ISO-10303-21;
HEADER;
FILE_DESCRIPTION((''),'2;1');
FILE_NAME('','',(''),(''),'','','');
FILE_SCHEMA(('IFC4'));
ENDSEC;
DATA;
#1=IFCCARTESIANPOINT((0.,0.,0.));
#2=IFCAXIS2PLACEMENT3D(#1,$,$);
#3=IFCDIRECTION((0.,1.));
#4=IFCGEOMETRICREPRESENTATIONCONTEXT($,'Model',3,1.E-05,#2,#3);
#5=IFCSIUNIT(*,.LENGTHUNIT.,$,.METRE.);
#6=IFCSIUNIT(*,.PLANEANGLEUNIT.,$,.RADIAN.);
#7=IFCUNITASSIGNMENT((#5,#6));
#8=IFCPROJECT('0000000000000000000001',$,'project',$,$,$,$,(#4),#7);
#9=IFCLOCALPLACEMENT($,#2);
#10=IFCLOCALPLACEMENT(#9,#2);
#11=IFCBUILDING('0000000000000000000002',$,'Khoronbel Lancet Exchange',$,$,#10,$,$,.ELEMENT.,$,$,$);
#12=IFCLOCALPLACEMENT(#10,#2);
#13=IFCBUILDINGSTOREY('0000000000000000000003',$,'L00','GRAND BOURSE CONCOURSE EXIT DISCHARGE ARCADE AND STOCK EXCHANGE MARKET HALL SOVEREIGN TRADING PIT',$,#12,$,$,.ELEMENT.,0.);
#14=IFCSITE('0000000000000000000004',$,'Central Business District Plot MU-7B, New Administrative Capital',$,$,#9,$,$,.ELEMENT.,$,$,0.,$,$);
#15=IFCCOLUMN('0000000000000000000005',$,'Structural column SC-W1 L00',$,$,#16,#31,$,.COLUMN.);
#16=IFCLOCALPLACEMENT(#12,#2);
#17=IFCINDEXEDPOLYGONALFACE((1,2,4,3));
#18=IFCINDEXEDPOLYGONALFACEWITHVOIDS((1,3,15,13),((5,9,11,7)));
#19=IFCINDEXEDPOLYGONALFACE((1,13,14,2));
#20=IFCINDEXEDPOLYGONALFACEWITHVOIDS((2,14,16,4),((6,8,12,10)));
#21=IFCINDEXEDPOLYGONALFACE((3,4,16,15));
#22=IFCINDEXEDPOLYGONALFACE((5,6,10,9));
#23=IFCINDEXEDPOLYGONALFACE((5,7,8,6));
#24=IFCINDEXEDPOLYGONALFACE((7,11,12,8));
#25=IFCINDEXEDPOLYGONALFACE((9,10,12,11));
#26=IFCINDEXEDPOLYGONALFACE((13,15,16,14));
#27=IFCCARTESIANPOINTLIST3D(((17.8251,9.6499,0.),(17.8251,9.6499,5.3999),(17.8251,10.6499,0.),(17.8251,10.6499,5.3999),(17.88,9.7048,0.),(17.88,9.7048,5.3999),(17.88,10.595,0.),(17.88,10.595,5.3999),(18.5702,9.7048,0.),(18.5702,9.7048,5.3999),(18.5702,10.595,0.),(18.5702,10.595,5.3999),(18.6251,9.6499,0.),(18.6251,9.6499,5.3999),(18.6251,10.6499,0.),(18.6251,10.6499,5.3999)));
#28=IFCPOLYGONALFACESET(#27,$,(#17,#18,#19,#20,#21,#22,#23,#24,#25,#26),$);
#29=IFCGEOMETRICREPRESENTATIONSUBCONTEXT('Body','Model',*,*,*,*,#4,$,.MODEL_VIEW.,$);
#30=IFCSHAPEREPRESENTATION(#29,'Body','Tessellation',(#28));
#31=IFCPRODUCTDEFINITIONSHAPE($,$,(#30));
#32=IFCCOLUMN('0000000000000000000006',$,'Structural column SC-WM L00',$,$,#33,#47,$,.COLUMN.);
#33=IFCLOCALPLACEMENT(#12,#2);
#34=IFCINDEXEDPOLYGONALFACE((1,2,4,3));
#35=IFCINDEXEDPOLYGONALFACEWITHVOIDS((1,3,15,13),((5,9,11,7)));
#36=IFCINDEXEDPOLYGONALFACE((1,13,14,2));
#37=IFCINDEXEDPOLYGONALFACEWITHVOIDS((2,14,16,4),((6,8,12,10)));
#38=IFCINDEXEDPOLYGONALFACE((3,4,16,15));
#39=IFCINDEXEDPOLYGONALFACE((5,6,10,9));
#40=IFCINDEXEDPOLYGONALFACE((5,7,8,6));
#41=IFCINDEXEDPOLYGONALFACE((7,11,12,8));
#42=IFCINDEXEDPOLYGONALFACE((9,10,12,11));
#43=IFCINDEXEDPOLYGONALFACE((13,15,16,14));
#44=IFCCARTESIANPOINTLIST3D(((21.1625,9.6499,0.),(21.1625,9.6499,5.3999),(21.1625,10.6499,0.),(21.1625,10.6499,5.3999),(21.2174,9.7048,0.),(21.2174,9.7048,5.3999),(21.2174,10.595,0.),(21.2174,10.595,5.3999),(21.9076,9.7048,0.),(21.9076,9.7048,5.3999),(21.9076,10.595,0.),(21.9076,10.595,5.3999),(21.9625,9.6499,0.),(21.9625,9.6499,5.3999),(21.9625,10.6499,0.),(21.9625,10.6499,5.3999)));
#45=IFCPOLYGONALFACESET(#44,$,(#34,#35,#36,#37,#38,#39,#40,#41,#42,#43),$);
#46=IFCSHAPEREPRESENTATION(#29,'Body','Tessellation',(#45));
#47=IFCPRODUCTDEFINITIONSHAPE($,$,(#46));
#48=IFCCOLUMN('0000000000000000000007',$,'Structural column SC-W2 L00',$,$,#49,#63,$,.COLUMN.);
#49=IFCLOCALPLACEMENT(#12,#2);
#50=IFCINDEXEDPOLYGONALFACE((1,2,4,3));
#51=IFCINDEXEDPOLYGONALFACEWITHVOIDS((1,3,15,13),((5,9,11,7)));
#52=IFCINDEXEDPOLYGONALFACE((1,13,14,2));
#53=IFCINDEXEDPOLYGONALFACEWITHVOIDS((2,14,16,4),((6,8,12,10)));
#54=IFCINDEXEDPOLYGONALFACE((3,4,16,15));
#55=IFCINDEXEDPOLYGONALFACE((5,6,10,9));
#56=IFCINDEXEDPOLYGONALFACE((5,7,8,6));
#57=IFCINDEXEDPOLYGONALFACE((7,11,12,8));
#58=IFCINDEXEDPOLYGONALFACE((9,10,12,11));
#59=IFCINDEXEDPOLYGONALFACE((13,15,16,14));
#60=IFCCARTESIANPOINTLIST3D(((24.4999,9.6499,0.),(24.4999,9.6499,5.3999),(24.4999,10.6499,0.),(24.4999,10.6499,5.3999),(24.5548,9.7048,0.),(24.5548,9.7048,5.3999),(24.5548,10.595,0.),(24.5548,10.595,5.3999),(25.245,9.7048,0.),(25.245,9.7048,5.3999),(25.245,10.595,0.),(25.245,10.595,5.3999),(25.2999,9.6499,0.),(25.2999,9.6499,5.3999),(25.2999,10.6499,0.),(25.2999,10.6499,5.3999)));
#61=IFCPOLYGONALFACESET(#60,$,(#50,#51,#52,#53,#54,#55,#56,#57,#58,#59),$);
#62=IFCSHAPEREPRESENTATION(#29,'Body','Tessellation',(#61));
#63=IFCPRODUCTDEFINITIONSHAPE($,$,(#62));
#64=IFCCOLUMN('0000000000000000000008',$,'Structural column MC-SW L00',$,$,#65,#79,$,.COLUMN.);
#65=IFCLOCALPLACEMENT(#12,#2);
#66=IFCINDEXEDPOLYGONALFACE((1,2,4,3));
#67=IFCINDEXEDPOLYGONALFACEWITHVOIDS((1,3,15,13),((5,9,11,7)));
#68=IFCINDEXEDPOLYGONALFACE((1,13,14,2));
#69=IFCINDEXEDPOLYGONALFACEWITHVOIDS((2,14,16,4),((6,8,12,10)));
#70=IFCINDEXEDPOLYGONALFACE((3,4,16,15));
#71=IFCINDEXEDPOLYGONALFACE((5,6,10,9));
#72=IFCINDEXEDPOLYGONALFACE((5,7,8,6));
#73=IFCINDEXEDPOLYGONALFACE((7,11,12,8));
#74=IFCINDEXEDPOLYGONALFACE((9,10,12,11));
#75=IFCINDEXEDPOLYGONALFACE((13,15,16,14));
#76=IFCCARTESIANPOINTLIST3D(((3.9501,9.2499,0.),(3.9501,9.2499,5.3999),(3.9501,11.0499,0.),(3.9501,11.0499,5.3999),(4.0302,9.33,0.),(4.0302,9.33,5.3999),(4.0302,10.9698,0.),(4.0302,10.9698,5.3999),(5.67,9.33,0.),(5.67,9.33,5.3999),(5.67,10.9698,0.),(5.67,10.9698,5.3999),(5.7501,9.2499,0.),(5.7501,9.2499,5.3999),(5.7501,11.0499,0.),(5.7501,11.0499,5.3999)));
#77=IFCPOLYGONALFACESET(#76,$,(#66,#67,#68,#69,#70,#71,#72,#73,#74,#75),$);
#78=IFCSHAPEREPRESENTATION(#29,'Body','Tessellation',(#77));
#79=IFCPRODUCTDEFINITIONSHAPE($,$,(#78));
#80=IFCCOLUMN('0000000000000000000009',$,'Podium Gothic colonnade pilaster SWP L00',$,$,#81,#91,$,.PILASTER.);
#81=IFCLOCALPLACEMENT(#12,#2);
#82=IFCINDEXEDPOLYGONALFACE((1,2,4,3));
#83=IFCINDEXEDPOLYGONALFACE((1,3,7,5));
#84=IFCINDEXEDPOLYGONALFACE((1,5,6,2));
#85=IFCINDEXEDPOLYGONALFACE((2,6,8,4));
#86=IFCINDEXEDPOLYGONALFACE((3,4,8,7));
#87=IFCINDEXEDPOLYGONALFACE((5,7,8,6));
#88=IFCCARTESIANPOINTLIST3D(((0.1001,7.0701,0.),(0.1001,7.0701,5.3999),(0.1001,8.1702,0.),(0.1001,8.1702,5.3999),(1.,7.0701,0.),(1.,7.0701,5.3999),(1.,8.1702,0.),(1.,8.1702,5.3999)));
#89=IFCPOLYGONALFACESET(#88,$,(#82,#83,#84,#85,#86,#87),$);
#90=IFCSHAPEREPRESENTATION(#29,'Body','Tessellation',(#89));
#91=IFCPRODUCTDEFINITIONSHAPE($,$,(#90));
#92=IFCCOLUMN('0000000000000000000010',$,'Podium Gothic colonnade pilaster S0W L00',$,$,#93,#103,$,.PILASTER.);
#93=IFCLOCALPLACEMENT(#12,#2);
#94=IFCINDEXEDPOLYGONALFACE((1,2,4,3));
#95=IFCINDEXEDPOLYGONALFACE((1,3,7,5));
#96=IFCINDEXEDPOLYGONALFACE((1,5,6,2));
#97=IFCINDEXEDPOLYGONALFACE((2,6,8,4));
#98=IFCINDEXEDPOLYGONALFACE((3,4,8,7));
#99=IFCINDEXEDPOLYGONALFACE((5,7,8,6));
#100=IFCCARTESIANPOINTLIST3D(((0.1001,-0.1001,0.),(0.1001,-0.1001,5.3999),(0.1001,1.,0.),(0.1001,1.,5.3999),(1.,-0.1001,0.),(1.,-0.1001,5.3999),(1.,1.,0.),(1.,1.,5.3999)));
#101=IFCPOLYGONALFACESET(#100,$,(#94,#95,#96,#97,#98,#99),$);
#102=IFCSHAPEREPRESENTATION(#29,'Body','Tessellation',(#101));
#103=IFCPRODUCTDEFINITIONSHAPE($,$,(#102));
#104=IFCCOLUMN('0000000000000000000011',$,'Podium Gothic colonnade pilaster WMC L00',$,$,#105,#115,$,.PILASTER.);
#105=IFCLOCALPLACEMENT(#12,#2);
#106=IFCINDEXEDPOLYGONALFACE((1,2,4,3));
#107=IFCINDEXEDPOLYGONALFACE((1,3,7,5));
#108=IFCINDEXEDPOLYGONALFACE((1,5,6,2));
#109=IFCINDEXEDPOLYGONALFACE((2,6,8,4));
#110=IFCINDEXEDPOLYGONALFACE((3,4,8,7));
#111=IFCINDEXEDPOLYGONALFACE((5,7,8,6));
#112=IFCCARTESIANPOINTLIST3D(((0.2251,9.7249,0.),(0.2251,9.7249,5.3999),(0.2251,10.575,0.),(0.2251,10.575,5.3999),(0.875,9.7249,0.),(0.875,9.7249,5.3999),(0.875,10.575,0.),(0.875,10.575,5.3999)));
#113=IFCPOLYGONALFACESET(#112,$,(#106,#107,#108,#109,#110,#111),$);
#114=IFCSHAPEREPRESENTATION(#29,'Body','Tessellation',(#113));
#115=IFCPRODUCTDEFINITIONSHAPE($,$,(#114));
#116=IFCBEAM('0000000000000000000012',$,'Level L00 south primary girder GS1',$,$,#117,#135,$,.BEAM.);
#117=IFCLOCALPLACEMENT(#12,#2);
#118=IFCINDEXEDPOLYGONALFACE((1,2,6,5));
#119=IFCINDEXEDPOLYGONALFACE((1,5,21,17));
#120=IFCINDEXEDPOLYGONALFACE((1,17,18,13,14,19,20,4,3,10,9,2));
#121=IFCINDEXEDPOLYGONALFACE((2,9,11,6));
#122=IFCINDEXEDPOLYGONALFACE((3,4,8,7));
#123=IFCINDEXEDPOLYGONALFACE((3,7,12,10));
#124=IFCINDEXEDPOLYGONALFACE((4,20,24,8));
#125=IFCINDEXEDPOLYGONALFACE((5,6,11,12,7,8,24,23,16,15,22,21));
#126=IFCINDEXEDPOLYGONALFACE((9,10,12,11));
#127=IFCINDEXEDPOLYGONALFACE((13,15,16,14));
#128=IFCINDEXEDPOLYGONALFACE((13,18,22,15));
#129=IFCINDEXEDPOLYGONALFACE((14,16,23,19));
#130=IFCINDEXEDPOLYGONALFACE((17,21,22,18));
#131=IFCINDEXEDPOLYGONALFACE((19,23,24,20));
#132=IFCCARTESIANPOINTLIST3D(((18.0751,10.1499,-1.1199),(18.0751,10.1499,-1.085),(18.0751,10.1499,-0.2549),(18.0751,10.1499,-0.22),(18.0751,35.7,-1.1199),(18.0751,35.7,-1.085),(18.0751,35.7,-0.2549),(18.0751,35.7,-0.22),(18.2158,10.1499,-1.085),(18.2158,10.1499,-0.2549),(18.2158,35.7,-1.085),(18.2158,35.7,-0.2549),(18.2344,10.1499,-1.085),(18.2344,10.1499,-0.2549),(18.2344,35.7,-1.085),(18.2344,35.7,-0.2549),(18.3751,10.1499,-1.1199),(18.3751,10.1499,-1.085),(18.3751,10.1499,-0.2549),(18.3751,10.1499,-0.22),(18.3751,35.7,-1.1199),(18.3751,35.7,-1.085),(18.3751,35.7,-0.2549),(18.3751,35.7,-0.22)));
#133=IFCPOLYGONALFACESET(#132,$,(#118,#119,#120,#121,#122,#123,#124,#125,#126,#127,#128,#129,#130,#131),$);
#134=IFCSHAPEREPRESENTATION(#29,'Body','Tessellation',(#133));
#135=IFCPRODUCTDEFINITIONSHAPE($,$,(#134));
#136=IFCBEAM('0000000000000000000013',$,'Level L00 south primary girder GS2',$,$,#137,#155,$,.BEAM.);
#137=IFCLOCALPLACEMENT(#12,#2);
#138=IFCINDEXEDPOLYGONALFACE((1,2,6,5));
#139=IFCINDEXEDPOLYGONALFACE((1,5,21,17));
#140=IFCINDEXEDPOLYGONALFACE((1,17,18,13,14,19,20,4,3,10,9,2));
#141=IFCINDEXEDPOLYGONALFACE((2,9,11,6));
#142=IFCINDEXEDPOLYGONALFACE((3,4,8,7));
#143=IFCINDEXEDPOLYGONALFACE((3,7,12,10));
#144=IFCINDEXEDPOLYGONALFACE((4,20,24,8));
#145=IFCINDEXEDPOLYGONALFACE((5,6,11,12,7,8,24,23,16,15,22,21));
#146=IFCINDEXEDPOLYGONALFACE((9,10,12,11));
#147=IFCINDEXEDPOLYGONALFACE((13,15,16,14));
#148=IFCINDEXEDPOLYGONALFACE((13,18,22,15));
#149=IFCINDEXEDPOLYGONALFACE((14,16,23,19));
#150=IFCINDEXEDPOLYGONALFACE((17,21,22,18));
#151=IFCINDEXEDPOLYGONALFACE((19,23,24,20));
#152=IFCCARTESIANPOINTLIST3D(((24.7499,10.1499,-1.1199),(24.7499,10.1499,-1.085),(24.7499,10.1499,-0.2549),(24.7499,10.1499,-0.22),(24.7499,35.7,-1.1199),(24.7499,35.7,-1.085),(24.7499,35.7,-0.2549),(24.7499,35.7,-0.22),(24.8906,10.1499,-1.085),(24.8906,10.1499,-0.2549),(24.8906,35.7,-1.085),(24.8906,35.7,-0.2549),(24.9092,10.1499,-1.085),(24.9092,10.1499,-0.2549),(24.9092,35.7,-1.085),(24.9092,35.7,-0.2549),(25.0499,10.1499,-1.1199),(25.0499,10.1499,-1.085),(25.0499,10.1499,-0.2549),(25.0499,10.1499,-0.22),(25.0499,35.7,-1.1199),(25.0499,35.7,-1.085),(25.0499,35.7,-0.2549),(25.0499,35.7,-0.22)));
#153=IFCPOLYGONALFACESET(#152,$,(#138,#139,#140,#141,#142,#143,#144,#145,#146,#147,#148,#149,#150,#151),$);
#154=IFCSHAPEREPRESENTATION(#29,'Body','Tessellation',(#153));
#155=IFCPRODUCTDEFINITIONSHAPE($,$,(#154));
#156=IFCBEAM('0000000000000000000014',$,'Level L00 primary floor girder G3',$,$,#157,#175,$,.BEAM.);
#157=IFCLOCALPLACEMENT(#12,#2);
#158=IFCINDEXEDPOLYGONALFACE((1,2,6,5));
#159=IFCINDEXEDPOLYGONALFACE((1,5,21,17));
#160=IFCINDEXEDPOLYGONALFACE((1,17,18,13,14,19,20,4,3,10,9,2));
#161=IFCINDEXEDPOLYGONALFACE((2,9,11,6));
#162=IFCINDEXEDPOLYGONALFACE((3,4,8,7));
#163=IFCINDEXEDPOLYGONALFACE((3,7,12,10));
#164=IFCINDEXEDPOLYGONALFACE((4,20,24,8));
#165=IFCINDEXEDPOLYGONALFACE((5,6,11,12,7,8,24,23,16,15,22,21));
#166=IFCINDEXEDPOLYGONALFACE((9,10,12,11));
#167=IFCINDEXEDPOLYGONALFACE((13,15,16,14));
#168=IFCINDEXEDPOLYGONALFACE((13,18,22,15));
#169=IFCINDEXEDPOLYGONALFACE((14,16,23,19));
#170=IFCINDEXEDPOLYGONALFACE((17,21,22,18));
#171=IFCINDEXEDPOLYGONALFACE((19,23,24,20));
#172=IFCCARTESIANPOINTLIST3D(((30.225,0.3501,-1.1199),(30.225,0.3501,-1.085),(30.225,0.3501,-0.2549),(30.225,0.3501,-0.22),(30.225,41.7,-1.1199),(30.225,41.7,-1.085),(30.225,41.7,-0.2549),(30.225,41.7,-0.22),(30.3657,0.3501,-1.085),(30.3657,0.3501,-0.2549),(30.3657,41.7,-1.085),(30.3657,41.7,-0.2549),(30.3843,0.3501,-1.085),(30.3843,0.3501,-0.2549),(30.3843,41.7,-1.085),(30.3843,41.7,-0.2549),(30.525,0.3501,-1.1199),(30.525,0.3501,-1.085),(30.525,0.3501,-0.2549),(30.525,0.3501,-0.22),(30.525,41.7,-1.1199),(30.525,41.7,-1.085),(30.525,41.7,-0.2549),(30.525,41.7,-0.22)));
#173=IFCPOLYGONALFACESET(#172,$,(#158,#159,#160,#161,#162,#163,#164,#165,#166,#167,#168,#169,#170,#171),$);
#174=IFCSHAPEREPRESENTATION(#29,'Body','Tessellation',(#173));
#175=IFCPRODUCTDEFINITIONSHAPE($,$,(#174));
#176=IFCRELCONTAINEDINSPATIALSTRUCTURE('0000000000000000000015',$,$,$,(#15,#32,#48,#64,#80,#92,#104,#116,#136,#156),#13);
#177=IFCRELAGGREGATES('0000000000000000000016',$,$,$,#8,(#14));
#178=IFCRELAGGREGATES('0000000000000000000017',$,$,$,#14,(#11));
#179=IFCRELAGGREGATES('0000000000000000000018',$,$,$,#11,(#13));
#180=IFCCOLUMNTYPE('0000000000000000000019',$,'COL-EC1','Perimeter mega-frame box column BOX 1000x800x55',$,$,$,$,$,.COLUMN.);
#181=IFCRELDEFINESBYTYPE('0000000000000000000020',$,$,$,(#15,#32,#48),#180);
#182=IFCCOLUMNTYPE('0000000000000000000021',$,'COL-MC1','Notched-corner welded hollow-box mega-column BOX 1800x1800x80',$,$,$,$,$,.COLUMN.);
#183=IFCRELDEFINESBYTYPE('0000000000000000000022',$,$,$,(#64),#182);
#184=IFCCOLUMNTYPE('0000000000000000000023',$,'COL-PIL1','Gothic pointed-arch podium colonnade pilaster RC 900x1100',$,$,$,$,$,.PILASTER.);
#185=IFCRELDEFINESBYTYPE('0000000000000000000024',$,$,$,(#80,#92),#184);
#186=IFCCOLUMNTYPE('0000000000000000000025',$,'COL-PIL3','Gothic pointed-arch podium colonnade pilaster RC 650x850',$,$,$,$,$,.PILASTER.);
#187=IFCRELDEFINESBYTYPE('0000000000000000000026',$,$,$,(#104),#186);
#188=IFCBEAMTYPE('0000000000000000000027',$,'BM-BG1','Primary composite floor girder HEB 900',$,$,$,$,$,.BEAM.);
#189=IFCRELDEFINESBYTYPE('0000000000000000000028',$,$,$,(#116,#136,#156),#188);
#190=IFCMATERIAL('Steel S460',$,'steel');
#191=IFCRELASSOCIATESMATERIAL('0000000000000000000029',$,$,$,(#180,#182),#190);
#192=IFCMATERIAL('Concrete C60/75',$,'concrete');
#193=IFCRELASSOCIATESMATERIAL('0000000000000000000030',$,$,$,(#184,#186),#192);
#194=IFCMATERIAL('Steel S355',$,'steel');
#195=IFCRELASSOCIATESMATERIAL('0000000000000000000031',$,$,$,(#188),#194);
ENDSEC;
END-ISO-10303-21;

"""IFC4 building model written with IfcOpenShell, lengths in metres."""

from ifc_helpers import new_model, si_unit, direction, frame, origin, origin_2d, place, context, subcontext, project, spatial, rectangle, hollow_rectangle, i_section, extrude, material, material_profile, profile_set, type_object, element, save


model = new_model("IFC4")

# Units and contexts
model_context = context("Model", 3, precision=1e-05, world=origin(), true_north=direction((0.0, 1.0)))
body_context = subcontext(model_context, "Body", "Model", "MODEL_VIEW")
ifc_project = project(units=[si_unit("LENGTHUNIT", "METRE"), si_unit("PLANEANGLEUNIT", "RADIAN")], contexts=[model_context])

# Site, building, storey
site_placement = place(None, origin())
site = spatial("IfcSite", under=ifc_project, at=site_placement, Name="Central Business District Plot MU-7B, New Administrative Capital", CompositionType="ELEMENT", RefElevation=0.0)
building_placement = place(site_placement, origin())
building = spatial("IfcBuilding", under=site, at=building_placement, Name="Khoronbel Lancet Exchange", CompositionType="ELEMENT")
storey_placement = place(building_placement, origin())
storey = spatial("IfcBuildingStorey", under=building, at=storey_placement, Name="L00", Description="GRAND BOURSE CONCOURSE EXIT DISCHARGE ARCADE AND STOCK EXCHANGE MARKET HALL SOVEREIGN TRADING PIT", CompositionType="ELEMENT", Elevation=0.0)

# Columns
ifc_material_1 = material(Name="Steel S460", Category="steel")
ifc_material_profile_1 = material_profile(ifc_material_1, hollow_rectangle(XDim=0.8, YDim=1.0, WallThickness=0.0549, at=origin_2d()), Name="BOX 1000x800x55")
ifc_profile_set_1 = profile_set([ifc_material_profile_1], Name="Steel S460")
column_type_1 = type_object("IfcColumnType", Name="COL-EC1", Description="Perimeter mega-frame box column BOX 1000x800x55", PredefinedType="COLUMN", material=ifc_profile_set_1)
for number, where, z_axis, x_axis, name in (
    (1, (18.2251, 10.1499, 0.0), (0.0, 0.0, 1.0), (1.0, 0.0, 0.0), "Structural column SC-W1 L00"),
    (2, (21.5625, 10.1499, 0.0), (0.0, 0.0, 1.0), (1.0, 0.0, 0.0), "Structural column SC-WM L00"),
    (3, (24.8999, 10.1499, 0.0), (0.0, 0.0, 1.0), (1.0, 0.0, 0.0), "Structural column SC-W2 L00"),
):
    element("IfcColumn", number, at=place(storey_placement, frame(where, z_axis=z_axis, x_axis=x_axis)), inside=storey, type_object=column_type_1, Name=name, PredefinedType="COLUMN", context=body_context, shape_type="SweptSolid", body=[
        extrude(hollow_rectangle(XDim=0.8, YDim=1.0, WallThickness=0.0549, at=origin_2d()), origin(), (0.0, 0.0, 1.0), 5.3999),
    ])
ifc_material_profile_2 = material_profile(ifc_material_1, hollow_rectangle(XDim=1.8, YDim=1.8, WallThickness=0.0801, at=origin_2d()), Name="BOX 1800x1800x80")
ifc_profile_set_2 = profile_set([ifc_material_profile_2], Name="Steel S460")
column_type_2 = type_object("IfcColumnType", Name="COL-MC1", Description="Notched-corner welded hollow-box mega-column BOX 1800x1800x80", PredefinedType="COLUMN", material=ifc_profile_set_2)
column_1_placement = place(storey_placement, frame((4.8501, 10.1499, 0.0), z_axis=(0.0, 0.0, 1.0), x_axis=(1.0, 0.0, 0.0)))
element("IfcColumn", 4, at=column_1_placement, inside=storey, type_object=column_type_2, Name="Structural column MC-SW L00", PredefinedType="COLUMN", context=body_context, shape_type="SweptSolid", body=[
    extrude(hollow_rectangle(XDim=1.8, YDim=1.8, WallThickness=0.0801, at=origin_2d()), origin(), (0.0, 0.0, 1.0), 5.3999),
])
ifc_material_2 = material(Name="Concrete C60/75", Category="concrete")
ifc_material_profile_3 = material_profile(ifc_material_2, rectangle(XDim=0.8999, YDim=1.1001, at=origin_2d()), Name="RC 900x1100")
ifc_profile_set_3 = profile_set([ifc_material_profile_3], Name="Concrete C60/75")
column_type_3 = type_object("IfcColumnType", Name="COL-PIL1", Description="Gothic pointed-arch podium colonnade pilaster RC 900x1100", PredefinedType="PILASTER", material=ifc_profile_set_3)
for number, where, z_axis, x_axis, name in (
    (5, (0.55, 7.6201, 0.0), (0.0, 0.0, 1.0), (1.0, 0.0, 0.0), "Podium Gothic colonnade pilaster SWP L00"),
    (6, (0.55, 0.45, 0.0), (0.0, 0.0, 1.0), (1.0, 0.0, 0.0), "Podium Gothic colonnade pilaster S0W L00"),
):
    element("IfcColumn", number, at=place(storey_placement, frame(where, z_axis=z_axis, x_axis=x_axis)), inside=storey, type_object=column_type_3, Name=name, PredefinedType="PILASTER", context=body_context, shape_type="SweptSolid", body=[
        extrude(rectangle(XDim=0.8999, YDim=1.1001, at=origin_2d()), origin(), (0.0, 0.0, 1.0), 5.3999),
    ])
ifc_material_profile_4 = material_profile(ifc_material_2, rectangle(XDim=0.6499, YDim=0.8501, at=origin_2d()), Name="RC 650x850")
ifc_profile_set_4 = profile_set([ifc_material_profile_4], Name="Concrete C60/75")
column_type_4 = type_object("IfcColumnType", Name="COL-PIL3", Description="Gothic pointed-arch podium colonnade pilaster RC 650x850", PredefinedType="PILASTER", material=ifc_profile_set_4)
column_2_placement = place(storey_placement, frame((0.55, 10.1499, 0.0), z_axis=(0.0, 0.0, 1.0), x_axis=(1.0, 0.0, 0.0)))
element("IfcColumn", 7, at=column_2_placement, inside=storey, type_object=column_type_4, Name="Podium Gothic colonnade pilaster WMC L00", PredefinedType="PILASTER", context=body_context, shape_type="SweptSolid", body=[
    extrude(rectangle(XDim=0.6499, YDim=0.8501, at=origin_2d()), origin(), (0.0, 0.0, 1.0), 5.3999),
])

# Beams
ifc_material_3 = material(Name="Steel S355", Category="steel")
ifc_material_profile_5 = material_profile(ifc_material_3, i_section(OverallWidth=0.3, OverallDepth=0.8999, WebThickness=0.0186, FlangeThickness=0.0349, at=origin_2d()), Name="HEB 900")
ifc_profile_set_5 = profile_set([ifc_material_profile_5], Name="Steel S355")
beam_type_1 = type_object("IfcBeamType", Name="BM-BG1", Description="Primary composite floor girder HEB 900", PredefinedType="BEAM", material=ifc_profile_set_5)
for number, where, z_axis, x_axis, name in (
    (8, (18.2251, 10.1499, -0.6699), (0.0, 1.0, 0.0), (-1.0, 0.0, 0.0), "Level L00 south primary girder GS1"),
    (9, (24.8999, 10.1499, -0.6699), (0.0, 1.0, 0.0), (-1.0, 0.0, 0.0), "Level L00 south primary girder GS2"),
):
    element("IfcBeam", number, at=place(storey_placement, frame(where, z_axis=z_axis, x_axis=x_axis)), inside=storey, type_object=beam_type_1, Name=name, PredefinedType="BEAM", context=body_context, shape_type="SweptSolid", body=[
        extrude(i_section(OverallWidth=0.3, OverallDepth=0.8999, WebThickness=0.0186, FlangeThickness=0.0349, at=origin_2d()), origin(), (0.0, 0.0, 1.0), 25.55),
    ])
beam_1_placement = place(storey_placement, frame((30.375, 0.3501, -0.6699), z_axis=(0.0, 1.0, 0.0), x_axis=(-1.0, 0.0, 0.0)))
element("IfcBeam", 10, at=beam_1_placement, inside=storey, type_object=beam_type_1, Name="Level L00 primary floor girder G3", PredefinedType="BEAM", context=body_context, shape_type="SweptSolid", body=[
    extrude(i_section(OverallWidth=0.3, OverallDepth=0.8999, WebThickness=0.0186, FlangeThickness=0.0349, at=origin_2d()), origin(), (0.0, 0.0, 1.0), 41.3499),
])

save(model, "model.ifc")
